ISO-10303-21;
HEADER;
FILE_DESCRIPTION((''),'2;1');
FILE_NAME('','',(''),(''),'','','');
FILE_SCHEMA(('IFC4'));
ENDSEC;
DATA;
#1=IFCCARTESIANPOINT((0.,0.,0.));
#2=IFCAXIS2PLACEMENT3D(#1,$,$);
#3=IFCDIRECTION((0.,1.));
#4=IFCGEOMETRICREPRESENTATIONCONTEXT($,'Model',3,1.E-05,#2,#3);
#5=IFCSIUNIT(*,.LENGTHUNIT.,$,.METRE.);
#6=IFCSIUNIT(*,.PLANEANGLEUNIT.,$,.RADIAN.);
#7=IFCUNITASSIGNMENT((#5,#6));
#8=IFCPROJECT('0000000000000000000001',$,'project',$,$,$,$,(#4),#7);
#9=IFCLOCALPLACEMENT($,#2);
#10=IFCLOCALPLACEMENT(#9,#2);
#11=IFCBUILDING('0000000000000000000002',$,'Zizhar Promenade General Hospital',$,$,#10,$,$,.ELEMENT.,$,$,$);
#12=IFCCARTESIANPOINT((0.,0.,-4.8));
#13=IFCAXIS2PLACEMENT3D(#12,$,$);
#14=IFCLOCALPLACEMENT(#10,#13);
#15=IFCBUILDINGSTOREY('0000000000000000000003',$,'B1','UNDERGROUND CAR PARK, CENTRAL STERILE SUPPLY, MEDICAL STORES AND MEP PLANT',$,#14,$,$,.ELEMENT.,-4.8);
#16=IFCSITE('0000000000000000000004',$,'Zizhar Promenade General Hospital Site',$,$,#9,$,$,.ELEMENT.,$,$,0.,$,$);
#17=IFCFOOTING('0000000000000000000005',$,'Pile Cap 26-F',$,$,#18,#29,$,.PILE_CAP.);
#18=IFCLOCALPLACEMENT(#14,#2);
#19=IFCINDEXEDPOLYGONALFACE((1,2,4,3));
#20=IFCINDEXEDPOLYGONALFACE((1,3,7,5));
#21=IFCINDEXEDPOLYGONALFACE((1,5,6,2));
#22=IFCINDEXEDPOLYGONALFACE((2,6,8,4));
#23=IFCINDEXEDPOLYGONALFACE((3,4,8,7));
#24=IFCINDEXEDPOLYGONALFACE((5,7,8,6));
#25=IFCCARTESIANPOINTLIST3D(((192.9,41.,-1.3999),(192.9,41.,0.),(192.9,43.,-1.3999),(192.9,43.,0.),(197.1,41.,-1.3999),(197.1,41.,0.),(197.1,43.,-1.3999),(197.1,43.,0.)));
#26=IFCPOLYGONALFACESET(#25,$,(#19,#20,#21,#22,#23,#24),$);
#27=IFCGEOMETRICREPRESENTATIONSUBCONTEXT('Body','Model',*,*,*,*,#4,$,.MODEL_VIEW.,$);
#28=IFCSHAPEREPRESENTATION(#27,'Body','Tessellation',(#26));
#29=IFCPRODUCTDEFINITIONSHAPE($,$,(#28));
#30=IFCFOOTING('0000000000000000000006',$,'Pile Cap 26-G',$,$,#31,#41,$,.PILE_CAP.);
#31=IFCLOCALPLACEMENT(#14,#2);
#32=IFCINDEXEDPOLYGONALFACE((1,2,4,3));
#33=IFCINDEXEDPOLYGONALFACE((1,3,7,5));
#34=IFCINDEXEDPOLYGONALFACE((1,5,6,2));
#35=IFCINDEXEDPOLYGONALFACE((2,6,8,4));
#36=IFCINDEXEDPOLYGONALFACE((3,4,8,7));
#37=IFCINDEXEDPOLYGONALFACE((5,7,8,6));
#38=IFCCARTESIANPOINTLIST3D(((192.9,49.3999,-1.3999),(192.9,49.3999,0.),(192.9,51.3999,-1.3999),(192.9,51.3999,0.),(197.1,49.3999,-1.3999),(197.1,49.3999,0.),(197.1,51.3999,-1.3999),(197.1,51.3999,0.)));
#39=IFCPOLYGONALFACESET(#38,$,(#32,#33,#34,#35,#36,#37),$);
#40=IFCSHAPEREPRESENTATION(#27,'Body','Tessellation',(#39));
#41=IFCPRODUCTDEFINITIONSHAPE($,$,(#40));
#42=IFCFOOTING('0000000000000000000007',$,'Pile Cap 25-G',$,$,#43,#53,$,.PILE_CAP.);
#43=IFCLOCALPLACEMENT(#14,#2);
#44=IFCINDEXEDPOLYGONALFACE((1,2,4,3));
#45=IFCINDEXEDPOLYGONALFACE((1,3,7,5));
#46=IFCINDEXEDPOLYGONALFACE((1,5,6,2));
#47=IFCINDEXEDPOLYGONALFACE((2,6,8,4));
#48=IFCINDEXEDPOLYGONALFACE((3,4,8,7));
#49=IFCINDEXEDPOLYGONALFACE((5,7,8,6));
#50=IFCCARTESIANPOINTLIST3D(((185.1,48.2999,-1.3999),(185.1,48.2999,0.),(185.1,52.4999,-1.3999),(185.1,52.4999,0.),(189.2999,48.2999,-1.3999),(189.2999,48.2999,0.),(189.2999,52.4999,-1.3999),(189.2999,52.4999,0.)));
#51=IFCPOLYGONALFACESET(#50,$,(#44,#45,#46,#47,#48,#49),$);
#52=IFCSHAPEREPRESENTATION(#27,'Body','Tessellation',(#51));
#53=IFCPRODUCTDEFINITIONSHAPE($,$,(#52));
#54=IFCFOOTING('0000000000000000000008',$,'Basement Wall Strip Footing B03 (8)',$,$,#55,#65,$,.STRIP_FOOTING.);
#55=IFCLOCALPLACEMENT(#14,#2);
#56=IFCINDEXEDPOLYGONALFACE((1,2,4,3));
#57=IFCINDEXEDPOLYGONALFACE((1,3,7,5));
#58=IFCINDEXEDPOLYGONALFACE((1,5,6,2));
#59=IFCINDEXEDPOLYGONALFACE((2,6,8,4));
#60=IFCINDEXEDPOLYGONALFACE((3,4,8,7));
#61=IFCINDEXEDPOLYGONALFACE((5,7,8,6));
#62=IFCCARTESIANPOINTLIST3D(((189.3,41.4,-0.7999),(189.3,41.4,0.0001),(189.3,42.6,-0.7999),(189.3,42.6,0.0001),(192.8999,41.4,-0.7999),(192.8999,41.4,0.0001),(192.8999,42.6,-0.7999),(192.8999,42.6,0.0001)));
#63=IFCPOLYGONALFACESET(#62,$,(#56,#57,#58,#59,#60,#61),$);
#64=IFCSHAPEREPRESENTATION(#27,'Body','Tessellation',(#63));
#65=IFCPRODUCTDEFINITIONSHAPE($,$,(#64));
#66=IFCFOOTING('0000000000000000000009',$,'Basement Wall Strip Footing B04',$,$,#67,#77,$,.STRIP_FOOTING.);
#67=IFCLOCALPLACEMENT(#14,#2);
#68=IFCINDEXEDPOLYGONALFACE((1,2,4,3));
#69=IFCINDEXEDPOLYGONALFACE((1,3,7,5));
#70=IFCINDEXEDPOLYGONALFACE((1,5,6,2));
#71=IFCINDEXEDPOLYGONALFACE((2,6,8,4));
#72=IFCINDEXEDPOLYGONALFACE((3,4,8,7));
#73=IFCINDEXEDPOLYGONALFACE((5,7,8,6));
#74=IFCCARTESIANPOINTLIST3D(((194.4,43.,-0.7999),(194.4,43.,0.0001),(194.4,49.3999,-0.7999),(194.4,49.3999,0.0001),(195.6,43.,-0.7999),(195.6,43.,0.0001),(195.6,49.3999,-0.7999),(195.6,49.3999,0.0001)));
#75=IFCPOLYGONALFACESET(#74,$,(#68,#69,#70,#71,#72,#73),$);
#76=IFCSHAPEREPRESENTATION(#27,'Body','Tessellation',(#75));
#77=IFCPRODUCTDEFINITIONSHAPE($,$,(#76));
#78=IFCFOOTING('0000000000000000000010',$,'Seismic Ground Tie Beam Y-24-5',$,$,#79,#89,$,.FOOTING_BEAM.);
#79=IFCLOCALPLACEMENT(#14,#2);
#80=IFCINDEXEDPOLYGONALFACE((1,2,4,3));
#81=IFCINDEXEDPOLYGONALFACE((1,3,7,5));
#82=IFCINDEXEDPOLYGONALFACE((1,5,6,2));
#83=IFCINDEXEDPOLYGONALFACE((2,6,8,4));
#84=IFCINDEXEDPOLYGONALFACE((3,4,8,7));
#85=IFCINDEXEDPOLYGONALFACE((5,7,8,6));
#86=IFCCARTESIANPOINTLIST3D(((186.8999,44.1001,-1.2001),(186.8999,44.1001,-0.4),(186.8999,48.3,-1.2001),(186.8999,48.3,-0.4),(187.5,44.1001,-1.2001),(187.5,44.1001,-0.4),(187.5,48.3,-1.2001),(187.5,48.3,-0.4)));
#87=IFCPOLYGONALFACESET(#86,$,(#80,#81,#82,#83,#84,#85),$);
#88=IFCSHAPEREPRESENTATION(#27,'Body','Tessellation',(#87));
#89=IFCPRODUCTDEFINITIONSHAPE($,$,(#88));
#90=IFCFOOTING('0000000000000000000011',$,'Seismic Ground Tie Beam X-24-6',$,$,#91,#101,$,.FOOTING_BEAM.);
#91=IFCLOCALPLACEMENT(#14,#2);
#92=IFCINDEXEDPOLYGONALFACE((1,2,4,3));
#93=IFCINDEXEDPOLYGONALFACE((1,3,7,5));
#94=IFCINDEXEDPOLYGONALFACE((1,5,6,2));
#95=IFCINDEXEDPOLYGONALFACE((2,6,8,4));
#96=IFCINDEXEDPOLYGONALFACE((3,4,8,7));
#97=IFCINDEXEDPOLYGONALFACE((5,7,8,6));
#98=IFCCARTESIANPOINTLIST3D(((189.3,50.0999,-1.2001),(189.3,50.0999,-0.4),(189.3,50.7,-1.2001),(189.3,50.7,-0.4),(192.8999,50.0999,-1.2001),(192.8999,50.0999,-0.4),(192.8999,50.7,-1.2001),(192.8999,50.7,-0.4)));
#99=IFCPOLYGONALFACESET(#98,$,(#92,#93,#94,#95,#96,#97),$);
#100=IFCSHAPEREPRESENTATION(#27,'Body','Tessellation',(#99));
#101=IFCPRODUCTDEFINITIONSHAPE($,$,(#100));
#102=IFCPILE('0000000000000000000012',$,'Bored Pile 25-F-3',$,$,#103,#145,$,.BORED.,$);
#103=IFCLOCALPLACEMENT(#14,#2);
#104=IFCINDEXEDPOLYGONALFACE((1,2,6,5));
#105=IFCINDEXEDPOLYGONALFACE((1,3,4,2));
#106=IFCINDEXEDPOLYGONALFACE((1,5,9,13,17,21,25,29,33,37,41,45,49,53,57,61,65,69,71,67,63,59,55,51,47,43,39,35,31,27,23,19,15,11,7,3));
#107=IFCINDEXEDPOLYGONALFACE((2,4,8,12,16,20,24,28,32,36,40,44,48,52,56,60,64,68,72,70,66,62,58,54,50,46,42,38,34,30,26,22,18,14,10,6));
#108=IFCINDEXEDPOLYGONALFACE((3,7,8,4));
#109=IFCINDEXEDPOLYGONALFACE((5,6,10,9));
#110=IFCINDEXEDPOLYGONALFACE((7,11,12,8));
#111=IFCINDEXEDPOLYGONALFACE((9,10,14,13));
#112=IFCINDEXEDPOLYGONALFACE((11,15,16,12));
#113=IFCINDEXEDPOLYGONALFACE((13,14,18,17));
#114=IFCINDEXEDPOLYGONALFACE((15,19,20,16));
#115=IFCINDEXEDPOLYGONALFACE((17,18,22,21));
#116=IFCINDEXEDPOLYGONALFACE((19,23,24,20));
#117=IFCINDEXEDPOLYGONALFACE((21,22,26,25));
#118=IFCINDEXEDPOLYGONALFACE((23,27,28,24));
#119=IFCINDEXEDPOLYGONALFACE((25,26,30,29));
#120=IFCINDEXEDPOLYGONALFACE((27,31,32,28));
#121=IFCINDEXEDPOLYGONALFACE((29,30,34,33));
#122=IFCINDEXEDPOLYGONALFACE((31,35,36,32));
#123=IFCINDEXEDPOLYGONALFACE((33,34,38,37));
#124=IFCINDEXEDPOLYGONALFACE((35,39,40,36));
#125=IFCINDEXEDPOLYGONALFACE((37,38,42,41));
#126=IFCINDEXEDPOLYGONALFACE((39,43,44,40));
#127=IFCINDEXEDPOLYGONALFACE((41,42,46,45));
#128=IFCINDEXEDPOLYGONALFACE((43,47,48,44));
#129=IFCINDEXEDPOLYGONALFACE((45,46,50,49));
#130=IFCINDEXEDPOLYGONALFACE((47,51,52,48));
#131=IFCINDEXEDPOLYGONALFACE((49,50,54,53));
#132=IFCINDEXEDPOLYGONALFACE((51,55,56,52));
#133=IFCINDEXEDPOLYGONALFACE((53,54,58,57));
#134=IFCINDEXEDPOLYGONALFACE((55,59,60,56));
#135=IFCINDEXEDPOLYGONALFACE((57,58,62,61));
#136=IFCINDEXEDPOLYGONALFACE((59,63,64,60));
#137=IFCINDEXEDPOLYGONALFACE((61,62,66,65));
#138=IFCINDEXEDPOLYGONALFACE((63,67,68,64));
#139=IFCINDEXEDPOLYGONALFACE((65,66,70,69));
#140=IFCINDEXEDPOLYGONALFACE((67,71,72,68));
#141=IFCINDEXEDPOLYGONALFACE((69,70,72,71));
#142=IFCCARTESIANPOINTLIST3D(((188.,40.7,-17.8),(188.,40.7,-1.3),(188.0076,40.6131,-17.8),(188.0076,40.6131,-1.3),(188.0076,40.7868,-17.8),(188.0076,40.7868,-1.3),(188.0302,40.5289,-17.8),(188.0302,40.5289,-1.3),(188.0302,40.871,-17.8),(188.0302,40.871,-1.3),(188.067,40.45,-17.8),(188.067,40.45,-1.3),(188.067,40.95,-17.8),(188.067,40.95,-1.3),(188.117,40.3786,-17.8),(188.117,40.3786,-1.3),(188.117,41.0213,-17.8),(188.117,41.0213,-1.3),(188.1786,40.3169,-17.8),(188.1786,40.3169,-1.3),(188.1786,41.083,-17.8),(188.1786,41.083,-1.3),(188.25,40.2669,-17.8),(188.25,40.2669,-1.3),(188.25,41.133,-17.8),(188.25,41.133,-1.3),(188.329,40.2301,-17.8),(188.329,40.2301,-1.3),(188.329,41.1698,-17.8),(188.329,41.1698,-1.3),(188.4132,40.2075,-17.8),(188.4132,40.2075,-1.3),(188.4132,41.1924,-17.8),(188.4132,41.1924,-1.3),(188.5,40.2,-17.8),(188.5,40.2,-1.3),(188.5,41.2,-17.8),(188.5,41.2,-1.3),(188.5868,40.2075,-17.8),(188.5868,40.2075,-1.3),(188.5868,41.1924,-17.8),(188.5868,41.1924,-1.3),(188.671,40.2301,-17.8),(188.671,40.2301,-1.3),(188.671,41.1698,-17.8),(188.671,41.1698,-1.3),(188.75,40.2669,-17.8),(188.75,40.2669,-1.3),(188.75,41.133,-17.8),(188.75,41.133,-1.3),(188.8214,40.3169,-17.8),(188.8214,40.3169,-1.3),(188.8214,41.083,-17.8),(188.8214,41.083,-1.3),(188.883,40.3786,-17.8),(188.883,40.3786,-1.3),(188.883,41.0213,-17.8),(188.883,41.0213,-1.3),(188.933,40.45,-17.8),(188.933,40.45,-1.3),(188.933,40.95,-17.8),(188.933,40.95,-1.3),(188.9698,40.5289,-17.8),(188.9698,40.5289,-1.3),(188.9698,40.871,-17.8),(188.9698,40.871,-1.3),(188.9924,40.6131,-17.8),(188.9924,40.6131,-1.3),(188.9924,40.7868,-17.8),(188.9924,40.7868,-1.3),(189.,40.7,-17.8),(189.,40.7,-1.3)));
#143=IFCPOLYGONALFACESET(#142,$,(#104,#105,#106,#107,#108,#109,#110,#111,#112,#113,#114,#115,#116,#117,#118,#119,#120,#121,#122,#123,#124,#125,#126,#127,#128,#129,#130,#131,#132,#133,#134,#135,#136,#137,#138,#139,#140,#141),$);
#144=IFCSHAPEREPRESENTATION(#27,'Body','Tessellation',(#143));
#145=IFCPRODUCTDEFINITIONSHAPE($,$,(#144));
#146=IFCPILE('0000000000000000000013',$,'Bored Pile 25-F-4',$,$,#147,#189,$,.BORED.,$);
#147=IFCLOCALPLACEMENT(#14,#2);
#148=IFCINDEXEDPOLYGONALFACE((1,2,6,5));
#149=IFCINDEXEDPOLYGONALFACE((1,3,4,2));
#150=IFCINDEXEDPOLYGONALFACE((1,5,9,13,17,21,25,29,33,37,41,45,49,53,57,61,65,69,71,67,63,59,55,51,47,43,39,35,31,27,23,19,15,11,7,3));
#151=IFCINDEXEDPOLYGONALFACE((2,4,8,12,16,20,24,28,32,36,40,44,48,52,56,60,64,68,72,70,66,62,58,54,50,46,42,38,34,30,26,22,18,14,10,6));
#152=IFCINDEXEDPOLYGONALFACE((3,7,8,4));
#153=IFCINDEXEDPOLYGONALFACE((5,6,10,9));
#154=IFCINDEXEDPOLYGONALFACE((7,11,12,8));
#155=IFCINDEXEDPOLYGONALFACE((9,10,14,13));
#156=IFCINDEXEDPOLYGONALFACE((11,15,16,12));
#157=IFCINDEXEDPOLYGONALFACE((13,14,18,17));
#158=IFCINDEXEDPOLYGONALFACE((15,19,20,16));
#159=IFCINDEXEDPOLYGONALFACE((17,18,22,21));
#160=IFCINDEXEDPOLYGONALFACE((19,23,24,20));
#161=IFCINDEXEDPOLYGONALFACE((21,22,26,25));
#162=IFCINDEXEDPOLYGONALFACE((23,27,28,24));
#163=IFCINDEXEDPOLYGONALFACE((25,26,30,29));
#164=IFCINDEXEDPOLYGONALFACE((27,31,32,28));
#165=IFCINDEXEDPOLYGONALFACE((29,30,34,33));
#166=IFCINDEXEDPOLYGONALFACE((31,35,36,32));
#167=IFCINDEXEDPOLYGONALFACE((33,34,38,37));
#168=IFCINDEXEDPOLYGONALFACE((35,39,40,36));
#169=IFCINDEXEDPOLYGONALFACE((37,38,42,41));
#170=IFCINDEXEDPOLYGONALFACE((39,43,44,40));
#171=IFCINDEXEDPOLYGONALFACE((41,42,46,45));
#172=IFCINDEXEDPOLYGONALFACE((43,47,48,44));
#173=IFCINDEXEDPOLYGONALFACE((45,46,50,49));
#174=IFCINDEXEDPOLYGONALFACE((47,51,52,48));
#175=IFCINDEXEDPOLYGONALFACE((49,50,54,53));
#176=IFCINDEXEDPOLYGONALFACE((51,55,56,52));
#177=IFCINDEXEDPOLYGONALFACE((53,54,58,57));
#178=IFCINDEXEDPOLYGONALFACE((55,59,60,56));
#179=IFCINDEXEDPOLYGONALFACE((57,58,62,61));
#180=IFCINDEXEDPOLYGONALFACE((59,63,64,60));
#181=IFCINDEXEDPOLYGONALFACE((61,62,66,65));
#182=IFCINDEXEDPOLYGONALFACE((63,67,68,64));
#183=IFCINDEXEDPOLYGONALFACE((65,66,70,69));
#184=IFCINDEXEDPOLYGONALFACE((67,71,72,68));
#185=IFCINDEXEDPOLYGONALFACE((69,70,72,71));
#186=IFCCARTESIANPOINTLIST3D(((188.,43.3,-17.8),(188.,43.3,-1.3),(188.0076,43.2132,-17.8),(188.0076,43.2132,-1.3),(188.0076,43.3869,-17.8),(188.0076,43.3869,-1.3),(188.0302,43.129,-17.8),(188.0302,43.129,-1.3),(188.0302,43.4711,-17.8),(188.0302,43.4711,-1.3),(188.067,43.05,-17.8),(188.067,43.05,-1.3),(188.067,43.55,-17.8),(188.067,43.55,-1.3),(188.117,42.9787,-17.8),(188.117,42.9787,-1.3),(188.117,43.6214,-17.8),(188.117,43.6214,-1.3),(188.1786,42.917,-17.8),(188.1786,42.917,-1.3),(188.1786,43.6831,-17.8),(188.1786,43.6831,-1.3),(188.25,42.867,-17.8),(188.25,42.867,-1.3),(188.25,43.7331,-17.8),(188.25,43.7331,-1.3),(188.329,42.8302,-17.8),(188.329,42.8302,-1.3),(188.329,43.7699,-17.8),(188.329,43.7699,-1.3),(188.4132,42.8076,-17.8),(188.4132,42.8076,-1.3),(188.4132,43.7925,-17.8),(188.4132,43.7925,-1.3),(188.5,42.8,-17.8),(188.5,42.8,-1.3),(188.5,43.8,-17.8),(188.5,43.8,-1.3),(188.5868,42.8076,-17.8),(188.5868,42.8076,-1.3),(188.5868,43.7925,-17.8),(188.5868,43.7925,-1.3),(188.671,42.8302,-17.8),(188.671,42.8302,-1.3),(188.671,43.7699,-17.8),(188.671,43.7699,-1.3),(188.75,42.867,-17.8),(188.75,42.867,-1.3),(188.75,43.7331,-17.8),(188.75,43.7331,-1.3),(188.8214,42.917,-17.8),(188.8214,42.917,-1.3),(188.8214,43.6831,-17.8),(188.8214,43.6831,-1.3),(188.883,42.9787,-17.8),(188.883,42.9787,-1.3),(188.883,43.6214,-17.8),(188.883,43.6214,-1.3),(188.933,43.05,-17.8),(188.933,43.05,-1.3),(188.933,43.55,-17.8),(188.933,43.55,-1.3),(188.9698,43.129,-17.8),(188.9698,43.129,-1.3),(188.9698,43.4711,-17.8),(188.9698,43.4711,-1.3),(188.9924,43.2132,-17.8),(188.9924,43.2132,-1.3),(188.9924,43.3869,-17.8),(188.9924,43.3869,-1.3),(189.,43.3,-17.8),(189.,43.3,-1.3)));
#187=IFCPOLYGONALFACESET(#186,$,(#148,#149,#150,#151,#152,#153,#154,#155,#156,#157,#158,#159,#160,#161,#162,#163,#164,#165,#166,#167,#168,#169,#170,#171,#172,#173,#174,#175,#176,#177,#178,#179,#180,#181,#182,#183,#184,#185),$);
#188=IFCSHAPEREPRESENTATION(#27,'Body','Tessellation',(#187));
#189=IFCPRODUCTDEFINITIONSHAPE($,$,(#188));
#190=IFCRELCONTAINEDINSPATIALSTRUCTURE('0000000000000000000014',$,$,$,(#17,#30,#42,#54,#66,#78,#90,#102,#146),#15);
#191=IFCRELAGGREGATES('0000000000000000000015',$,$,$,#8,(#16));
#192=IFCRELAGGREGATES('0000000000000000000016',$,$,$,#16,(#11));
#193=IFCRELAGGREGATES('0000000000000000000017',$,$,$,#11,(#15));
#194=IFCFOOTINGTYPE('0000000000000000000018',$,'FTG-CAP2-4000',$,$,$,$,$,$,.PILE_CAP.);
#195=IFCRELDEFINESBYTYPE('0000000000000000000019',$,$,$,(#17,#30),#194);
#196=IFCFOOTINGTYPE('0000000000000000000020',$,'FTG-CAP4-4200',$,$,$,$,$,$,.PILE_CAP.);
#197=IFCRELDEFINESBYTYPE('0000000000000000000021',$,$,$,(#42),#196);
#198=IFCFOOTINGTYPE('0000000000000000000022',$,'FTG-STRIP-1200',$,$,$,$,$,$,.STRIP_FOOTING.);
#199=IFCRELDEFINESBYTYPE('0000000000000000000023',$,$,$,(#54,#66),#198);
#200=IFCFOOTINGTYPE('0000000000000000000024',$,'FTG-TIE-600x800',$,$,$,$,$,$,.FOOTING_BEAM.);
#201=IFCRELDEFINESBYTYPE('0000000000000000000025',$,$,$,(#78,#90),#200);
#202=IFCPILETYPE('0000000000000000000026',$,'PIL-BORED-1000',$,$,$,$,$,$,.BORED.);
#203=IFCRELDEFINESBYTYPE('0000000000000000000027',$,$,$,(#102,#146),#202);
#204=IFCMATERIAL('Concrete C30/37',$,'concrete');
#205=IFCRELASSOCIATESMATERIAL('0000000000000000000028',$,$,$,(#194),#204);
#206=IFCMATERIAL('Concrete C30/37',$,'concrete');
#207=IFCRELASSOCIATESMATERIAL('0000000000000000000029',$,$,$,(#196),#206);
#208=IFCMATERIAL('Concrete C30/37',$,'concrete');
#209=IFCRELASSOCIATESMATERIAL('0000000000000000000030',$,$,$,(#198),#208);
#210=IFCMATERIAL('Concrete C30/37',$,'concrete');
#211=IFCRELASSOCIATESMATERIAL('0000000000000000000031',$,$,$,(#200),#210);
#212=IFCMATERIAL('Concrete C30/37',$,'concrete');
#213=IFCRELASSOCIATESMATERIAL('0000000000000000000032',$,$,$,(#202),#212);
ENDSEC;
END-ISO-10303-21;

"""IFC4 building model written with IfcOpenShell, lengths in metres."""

from ifc_helpers import new_model, si_unit, direction, frame, origin, origin_2d, place, context, subcontext, project, spatial, rectangle, circle, extrude, material, material_profile, profile_set, type_object, element, save


model = new_model("IFC4")

# Units and contexts
model_context = context("Model", 3, precision=1e-05, world=origin(), true_north=direction((0.0, 1.0)))
body_context = subcontext(model_context, "Body", "Model", "MODEL_VIEW")
ifc_project = project(units=[si_unit("LENGTHUNIT", "METRE"), si_unit("PLANEANGLEUNIT", "RADIAN")], contexts=[model_context])

# Site, building, storey
site_placement = place(None, origin())
site = spatial("IfcSite", under=ifc_project, at=site_placement, Name="Zizhar Promenade General Hospital Site", CompositionType="ELEMENT", RefElevation=0.0)
building_placement = place(site_placement, origin())
building = spatial("IfcBuilding", under=site, at=building_placement, Name="Zizhar Promenade General Hospital", CompositionType="ELEMENT")
storey_placement = place(building_placement, frame((0.0, 0.0, -4.8)))
storey = spatial("IfcBuildingStorey", under=building, at=storey_placement, Name="B1", Description="UNDERGROUND CAR PARK, CENTRAL STERILE SUPPLY, MEDICAL STORES AND MEP PLANT", CompositionType="ELEMENT", Elevation=-4.8)

# Footings
ifc_material_1 = material(Name="Concrete C30/37", Category="concrete")
footing_type_1 = type_object("IfcFootingType", Name="FTG-CAP2-4000", PredefinedType="PILE_CAP", material=ifc_material_1)
for number, where, z_axis, x_axis, name in (
    (1, (195.0, 42.0, -1.3999), (0.0, 0.0, 1.0), (1.0, 0.0, 0.0), "Pile Cap 26-F"),
    (2, (195.0, 50.3999, -1.3999), (0.0, 0.0, 1.0), (1.0, 0.0, 0.0), "Pile Cap 26-G"),
):
    element("IfcFooting", number, at=place(storey_placement, frame(where, z_axis=z_axis, x_axis=x_axis)), inside=storey, type_object=footing_type_1, Name=name, PredefinedType="PILE_CAP", context=body_context, shape_type="SweptSolid", body=[
        extrude(rectangle(XDim=4.2, YDim=2.0, at=origin_2d()), origin(), (0.0, 0.0, 1.0), 1.3999),
    ])
ifc_material_2 = material(Name="Concrete C30/37", Category="concrete")
footing_type_2 = type_object("IfcFootingType", Name="FTG-CAP4-4200", PredefinedType="PILE_CAP", material=ifc_material_2)
footing_1_placement = place(storey_placement, frame((187.2, 50.3999, -1.3999), z_axis=(0.0, 0.0, 1.0), x_axis=(1.0, 0.0, 0.0)))
element("IfcFooting", 3, at=footing_1_placement, inside=storey, type_object=footing_type_2, Name="Pile Cap 25-G", PredefinedType="PILE_CAP", context=body_context, shape_type="SweptSolid", body=[
    extrude(rectangle(XDim=4.2, YDim=4.2, at=origin_2d()), origin(), (0.0, 0.0, 1.0), 1.3999),
])
ifc_material_3 = material(Name="Concrete C30/37", Category="concrete")
ifc_material_profile_1 = material_profile(ifc_material_3, rectangle(XDim=1.2, YDim=0.8, at=origin_2d()))
ifc_profile_set_1 = profile_set([ifc_material_profile_1], Name="Concrete C30/37")
footing_type_3 = type_object("IfcFootingType", Name="FTG-STRIP-1200", PredefinedType="STRIP_FOOTING", material=ifc_profile_set_1)
footing_2_placement = place(storey_placement, frame((189.3, 42.0, -0.3999), z_axis=(1.0, 0.0, 0.0), x_axis=(0.0, 1.0, 0.0)))
element("IfcFooting", 4, at=footing_2_placement, inside=storey, type_object=footing_type_3, Name="Basement Wall Strip Footing B03 (8)", PredefinedType="STRIP_FOOTING", context=body_context, shape_type="SweptSolid", body=[
    extrude(rectangle(XDim=1.2, YDim=0.8, at=origin_2d()), origin(), (0.0, 0.0, 1.0), 3.5999),
])
footing_3_placement = place(storey_placement, frame((195.0, 43.0, -0.3999), z_axis=(0.0, 1.0, 0.0), x_axis=(-1.0, 0.0, 0.0)))
element("IfcFooting", 5, at=footing_3_placement, inside=storey, type_object=footing_type_3, Name="Basement Wall Strip Footing B04", PredefinedType="STRIP_FOOTING", context=body_context, shape_type="SweptSolid", body=[
    extrude(rectangle(XDim=1.2, YDim=0.8, at=origin_2d()), origin(), (0.0, 0.0, 1.0), 6.3999),
])
ifc_material_4 = material(Name="Concrete C30/37", Category="concrete")
ifc_material_profile_2 = material_profile(ifc_material_4, rectangle(XDim=0.6001, YDim=0.8, at=origin_2d()))
ifc_profile_set_2 = profile_set([ifc_material_profile_2], Name="Concrete C30/37")
footing_type_4 = type_object("IfcFootingType", Name="FTG-TIE-600x800", PredefinedType="FOOTING_BEAM", material=ifc_profile_set_2)
footing_4_placement = place(storey_placement, frame((187.2, 44.1001, -0.8), z_axis=(0.0, 1.0, 0.0), x_axis=(-1.0, 0.0, 0.0)))
element("IfcFooting", 6, at=footing_4_placement, inside=storey, type_object=footing_type_4, Name="Seismic Ground Tie Beam Y-24-5", PredefinedType="FOOTING_BEAM", context=body_context, shape_type="SweptSolid", body=[
    extrude(rectangle(XDim=0.6001, YDim=0.8, at=origin_2d()), origin(), (0.0, 0.0, 1.0), 4.2),
])
footing_5_placement = place(storey_placement, frame((189.3, 50.3999, -0.8), z_axis=(1.0, 0.0, 0.0), x_axis=(0.0, 1.0, 0.0)))
element("IfcFooting", 7, at=footing_5_placement, inside=storey, type_object=footing_type_4, Name="Seismic Ground Tie Beam X-24-6", PredefinedType="FOOTING_BEAM", context=body_context, shape_type="SweptSolid", body=[
    extrude(rectangle(XDim=0.6001, YDim=0.8, at=origin_2d()), origin(), (0.0, 0.0, 1.0), 3.5999),
])

# Piles
ifc_material_5 = material(Name="Concrete C30/37", Category="concrete")
ifc_material_profile_3 = material_profile(ifc_material_5, circle(Radius=0.5, at=origin_2d()))
ifc_profile_set_3 = profile_set([ifc_material_profile_3], Name="Concrete C30/37")
pile_type = type_object("IfcPileType", Name="PIL-BORED-1000", PredefinedType="BORED", material=ifc_profile_set_3)
for number, where, z_axis, x_axis, name in (
    (8, (188.5, 40.7, -1.3), (0.0, 0.0, -1.0), (1.0, 0.0, 0.0), "Bored Pile 25-F-3"),
    (9, (188.5, 43.3, -1.3), (0.0, 0.0, -1.0), (1.0, 0.0, 0.0), "Bored Pile 25-F-4"),
):
    element("IfcPile", number, at=place(storey_placement, frame(where, z_axis=z_axis, x_axis=x_axis)), inside=storey, type_object=pile_type, Name=name, PredefinedType="BORED", context=body_context, shape_type="SweptSolid", body=[
        extrude(circle(Radius=0.5, at=origin_2d()), origin(), (0.0, 0.0, 1.0), 16.5),
    ])

save(model, "model.ifc")
